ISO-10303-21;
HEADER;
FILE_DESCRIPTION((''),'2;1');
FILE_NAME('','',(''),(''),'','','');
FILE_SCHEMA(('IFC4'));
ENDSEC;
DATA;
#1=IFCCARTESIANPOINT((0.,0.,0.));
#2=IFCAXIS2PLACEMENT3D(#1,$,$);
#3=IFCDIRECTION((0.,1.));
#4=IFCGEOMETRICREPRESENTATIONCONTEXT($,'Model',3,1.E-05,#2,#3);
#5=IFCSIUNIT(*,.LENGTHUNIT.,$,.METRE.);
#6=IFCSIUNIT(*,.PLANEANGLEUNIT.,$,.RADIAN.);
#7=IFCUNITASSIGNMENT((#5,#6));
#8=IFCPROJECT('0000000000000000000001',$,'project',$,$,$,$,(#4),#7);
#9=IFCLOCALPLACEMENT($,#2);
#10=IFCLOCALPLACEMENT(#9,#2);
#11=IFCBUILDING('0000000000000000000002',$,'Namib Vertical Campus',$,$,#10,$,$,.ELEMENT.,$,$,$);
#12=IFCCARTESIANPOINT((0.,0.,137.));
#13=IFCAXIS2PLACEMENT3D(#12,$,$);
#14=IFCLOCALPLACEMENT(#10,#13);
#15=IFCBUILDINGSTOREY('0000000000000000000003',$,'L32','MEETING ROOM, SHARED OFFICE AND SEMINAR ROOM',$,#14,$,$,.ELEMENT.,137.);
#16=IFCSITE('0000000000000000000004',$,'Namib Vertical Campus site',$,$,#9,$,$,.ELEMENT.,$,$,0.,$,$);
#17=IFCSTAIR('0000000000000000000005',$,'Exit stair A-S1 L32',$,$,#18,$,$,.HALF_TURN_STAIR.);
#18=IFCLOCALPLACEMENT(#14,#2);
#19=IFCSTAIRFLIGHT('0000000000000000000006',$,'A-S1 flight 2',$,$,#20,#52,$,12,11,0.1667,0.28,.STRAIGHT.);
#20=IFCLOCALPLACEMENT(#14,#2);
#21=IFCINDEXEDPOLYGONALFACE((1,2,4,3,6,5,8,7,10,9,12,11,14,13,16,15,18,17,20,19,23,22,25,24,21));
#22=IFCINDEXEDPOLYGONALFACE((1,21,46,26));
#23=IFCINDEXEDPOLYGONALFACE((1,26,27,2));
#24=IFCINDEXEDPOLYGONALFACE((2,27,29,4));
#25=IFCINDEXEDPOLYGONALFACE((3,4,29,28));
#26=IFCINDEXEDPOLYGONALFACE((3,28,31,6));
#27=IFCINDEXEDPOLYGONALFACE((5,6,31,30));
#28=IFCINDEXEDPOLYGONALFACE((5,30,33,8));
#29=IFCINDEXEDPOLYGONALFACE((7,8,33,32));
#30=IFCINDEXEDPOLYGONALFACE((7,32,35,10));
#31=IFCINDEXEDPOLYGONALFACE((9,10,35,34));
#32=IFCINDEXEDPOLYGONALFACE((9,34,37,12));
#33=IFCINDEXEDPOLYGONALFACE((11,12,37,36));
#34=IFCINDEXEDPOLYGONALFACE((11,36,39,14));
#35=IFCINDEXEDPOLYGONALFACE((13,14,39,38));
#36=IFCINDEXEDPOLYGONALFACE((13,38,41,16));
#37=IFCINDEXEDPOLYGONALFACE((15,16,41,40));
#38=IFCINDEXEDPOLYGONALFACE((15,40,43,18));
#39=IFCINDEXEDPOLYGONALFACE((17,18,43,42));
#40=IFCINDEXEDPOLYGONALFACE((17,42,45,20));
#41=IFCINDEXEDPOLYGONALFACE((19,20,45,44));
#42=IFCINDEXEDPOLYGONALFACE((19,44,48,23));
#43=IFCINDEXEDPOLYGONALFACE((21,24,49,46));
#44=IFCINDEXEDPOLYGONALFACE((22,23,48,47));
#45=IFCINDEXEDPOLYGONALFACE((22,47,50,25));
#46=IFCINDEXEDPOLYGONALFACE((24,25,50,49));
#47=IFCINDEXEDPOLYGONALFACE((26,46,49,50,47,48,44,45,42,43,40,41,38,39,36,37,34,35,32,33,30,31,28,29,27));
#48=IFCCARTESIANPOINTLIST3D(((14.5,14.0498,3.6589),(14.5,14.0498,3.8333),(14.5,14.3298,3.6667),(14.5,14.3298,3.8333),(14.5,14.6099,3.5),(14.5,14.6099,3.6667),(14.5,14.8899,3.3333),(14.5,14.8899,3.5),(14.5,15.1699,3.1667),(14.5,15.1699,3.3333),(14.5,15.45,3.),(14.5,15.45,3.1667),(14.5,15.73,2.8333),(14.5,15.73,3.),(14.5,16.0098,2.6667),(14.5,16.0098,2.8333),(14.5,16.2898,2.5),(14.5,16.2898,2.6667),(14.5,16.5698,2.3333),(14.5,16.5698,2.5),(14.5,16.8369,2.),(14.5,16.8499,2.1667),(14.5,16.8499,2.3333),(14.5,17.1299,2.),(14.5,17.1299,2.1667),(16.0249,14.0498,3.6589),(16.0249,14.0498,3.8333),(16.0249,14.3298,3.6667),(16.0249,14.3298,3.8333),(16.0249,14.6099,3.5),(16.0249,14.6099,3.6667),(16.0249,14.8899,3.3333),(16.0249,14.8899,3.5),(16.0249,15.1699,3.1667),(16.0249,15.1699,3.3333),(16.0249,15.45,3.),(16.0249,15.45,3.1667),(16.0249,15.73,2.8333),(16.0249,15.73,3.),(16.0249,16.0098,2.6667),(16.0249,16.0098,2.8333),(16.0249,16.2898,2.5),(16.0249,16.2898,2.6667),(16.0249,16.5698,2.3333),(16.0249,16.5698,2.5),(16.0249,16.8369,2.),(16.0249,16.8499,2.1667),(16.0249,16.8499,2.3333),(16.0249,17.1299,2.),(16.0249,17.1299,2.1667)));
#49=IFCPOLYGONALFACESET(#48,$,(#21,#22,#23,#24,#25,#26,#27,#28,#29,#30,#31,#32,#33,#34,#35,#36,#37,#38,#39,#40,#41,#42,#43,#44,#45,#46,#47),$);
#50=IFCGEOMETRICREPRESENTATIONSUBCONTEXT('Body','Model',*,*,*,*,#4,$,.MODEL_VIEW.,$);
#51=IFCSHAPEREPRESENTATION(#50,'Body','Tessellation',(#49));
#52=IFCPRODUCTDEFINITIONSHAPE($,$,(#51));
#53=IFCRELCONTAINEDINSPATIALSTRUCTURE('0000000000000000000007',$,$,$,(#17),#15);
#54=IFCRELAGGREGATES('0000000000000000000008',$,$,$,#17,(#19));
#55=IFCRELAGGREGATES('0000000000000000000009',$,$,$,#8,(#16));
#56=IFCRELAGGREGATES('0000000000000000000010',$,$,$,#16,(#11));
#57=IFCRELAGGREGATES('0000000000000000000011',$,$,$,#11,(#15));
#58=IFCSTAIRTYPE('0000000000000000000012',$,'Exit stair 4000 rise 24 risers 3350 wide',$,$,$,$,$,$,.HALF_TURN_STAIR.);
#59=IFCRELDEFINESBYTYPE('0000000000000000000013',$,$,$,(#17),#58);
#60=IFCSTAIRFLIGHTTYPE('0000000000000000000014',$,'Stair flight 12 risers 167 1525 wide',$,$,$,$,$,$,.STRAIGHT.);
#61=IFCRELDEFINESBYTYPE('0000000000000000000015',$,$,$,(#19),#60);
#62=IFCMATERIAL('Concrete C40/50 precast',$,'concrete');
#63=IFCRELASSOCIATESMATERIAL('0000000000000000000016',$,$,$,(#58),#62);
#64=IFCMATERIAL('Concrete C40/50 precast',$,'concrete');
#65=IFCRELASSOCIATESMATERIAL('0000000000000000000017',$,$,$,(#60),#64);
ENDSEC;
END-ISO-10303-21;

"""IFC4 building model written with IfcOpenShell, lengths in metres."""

from ifc_helpers import new_model, si_unit, direction, frame, origin, place, context, subcontext, project, spatial, polyline, outline, extrude, material, type_object, element, aggregate, save


model = new_model("IFC4")

# Units and contexts
model_context = context("Model", 3, precision=1e-05, world=origin(), true_north=direction((0.0, 1.0)))
body_context = subcontext(model_context, "Body", "Model", "MODEL_VIEW")
ifc_project = project(units=[si_unit("LENGTHUNIT", "METRE"), si_unit("PLANEANGLEUNIT", "RADIAN")], contexts=[model_context])

# Site, building, storey
site_placement = place(None, origin())
site = spatial("IfcSite", under=ifc_project, at=site_placement, Name="Namib Vertical Campus site", CompositionType="ELEMENT", RefElevation=0.0)
building_placement = place(site_placement, origin())
building = spatial("IfcBuilding", under=site, at=building_placement, Name="Namib Vertical Campus", CompositionType="ELEMENT")
storey_placement = place(building_placement, frame((0.0, 0.0, 137.0)))
storey = spatial("IfcBuildingStorey", under=building, at=storey_placement, Name="L32", Description="MEETING ROOM, SHARED OFFICE AND SEMINAR ROOM", CompositionType="ELEMENT", Elevation=137.0)

# Stair, stair flight
ifc_material_1 = material(Name="Concrete C40/50 precast", Category="concrete")
stair_type = type_object("IfcStairType", Name="Exit stair 4000 rise 24 risers 3350 wide", PredefinedType="HALF_TURN_STAIR", material=ifc_material_1)
stair_placement = place(storey_placement, origin())
stair = element("IfcStair", 1, at=stair_placement, inside=storey, type_object=stair_type, Name="Exit stair A-S1 L32", PredefinedType="HALF_TURN_STAIR")
ifc_material_2 = material(Name="Concrete C40/50 precast", Category="concrete")
stair_flight_type = type_object("IfcStairFlightType", Name="Stair flight 12 risers 167 1525 wide", PredefinedType="STRAIGHT", material=ifc_material_2)
stair_flight_1_placement = place(storey_placement, frame((15.2625, 17.1299, 2.0), z_axis=(0.0, 0.0, 1.0), x_axis=(0.0, -1.0, 0.0)))
stair_flight_1 = element("IfcStairFlight", 2, at=stair_flight_1_placement, type_object=stair_flight_type, Name="A-S1 flight 2", NumberOfRisers=12, NumberOfTreads=11, PredefinedType="STRAIGHT", RiserHeight=0.1667, TreadLength=0.28, context=body_context, shape_type="SweptSolid", body=[
    extrude(outline(polyline([(0.0, 0.0), (0.0, 0.1667), (0.28, 0.1667), (0.28, 0.3333), (0.5601, 0.3333), (0.5601, 0.5), (0.8401, 0.5), (0.8401, 0.6667), (1.1201, 0.6667), (1.1201, 0.8333), (1.3999, 0.8333), (1.3999, 1.0), (1.6799, 1.0), (1.6799, 1.1667), (1.96, 1.1667), (1.96, 1.3333), (2.24, 1.3333), (2.24, 1.5), (2.52, 1.5), (2.52, 1.6667), (2.8, 1.6667), (2.8, 1.8333), (3.0801, 1.8333), (3.0801, 2.0), (3.0801, 1.6589), (0.293, 0.0), (0.0, 0.0)])), frame((0.0, 0.7625, 0.0), z_axis=(0.0, -1.0, 0.0), x_axis=(1.0, 0.0, 0.0)), (0.0, 0.0, 1.0), 1.5249),
])
aggregate(stair, [stair_flight_1])

save(model, "model.ifc")
